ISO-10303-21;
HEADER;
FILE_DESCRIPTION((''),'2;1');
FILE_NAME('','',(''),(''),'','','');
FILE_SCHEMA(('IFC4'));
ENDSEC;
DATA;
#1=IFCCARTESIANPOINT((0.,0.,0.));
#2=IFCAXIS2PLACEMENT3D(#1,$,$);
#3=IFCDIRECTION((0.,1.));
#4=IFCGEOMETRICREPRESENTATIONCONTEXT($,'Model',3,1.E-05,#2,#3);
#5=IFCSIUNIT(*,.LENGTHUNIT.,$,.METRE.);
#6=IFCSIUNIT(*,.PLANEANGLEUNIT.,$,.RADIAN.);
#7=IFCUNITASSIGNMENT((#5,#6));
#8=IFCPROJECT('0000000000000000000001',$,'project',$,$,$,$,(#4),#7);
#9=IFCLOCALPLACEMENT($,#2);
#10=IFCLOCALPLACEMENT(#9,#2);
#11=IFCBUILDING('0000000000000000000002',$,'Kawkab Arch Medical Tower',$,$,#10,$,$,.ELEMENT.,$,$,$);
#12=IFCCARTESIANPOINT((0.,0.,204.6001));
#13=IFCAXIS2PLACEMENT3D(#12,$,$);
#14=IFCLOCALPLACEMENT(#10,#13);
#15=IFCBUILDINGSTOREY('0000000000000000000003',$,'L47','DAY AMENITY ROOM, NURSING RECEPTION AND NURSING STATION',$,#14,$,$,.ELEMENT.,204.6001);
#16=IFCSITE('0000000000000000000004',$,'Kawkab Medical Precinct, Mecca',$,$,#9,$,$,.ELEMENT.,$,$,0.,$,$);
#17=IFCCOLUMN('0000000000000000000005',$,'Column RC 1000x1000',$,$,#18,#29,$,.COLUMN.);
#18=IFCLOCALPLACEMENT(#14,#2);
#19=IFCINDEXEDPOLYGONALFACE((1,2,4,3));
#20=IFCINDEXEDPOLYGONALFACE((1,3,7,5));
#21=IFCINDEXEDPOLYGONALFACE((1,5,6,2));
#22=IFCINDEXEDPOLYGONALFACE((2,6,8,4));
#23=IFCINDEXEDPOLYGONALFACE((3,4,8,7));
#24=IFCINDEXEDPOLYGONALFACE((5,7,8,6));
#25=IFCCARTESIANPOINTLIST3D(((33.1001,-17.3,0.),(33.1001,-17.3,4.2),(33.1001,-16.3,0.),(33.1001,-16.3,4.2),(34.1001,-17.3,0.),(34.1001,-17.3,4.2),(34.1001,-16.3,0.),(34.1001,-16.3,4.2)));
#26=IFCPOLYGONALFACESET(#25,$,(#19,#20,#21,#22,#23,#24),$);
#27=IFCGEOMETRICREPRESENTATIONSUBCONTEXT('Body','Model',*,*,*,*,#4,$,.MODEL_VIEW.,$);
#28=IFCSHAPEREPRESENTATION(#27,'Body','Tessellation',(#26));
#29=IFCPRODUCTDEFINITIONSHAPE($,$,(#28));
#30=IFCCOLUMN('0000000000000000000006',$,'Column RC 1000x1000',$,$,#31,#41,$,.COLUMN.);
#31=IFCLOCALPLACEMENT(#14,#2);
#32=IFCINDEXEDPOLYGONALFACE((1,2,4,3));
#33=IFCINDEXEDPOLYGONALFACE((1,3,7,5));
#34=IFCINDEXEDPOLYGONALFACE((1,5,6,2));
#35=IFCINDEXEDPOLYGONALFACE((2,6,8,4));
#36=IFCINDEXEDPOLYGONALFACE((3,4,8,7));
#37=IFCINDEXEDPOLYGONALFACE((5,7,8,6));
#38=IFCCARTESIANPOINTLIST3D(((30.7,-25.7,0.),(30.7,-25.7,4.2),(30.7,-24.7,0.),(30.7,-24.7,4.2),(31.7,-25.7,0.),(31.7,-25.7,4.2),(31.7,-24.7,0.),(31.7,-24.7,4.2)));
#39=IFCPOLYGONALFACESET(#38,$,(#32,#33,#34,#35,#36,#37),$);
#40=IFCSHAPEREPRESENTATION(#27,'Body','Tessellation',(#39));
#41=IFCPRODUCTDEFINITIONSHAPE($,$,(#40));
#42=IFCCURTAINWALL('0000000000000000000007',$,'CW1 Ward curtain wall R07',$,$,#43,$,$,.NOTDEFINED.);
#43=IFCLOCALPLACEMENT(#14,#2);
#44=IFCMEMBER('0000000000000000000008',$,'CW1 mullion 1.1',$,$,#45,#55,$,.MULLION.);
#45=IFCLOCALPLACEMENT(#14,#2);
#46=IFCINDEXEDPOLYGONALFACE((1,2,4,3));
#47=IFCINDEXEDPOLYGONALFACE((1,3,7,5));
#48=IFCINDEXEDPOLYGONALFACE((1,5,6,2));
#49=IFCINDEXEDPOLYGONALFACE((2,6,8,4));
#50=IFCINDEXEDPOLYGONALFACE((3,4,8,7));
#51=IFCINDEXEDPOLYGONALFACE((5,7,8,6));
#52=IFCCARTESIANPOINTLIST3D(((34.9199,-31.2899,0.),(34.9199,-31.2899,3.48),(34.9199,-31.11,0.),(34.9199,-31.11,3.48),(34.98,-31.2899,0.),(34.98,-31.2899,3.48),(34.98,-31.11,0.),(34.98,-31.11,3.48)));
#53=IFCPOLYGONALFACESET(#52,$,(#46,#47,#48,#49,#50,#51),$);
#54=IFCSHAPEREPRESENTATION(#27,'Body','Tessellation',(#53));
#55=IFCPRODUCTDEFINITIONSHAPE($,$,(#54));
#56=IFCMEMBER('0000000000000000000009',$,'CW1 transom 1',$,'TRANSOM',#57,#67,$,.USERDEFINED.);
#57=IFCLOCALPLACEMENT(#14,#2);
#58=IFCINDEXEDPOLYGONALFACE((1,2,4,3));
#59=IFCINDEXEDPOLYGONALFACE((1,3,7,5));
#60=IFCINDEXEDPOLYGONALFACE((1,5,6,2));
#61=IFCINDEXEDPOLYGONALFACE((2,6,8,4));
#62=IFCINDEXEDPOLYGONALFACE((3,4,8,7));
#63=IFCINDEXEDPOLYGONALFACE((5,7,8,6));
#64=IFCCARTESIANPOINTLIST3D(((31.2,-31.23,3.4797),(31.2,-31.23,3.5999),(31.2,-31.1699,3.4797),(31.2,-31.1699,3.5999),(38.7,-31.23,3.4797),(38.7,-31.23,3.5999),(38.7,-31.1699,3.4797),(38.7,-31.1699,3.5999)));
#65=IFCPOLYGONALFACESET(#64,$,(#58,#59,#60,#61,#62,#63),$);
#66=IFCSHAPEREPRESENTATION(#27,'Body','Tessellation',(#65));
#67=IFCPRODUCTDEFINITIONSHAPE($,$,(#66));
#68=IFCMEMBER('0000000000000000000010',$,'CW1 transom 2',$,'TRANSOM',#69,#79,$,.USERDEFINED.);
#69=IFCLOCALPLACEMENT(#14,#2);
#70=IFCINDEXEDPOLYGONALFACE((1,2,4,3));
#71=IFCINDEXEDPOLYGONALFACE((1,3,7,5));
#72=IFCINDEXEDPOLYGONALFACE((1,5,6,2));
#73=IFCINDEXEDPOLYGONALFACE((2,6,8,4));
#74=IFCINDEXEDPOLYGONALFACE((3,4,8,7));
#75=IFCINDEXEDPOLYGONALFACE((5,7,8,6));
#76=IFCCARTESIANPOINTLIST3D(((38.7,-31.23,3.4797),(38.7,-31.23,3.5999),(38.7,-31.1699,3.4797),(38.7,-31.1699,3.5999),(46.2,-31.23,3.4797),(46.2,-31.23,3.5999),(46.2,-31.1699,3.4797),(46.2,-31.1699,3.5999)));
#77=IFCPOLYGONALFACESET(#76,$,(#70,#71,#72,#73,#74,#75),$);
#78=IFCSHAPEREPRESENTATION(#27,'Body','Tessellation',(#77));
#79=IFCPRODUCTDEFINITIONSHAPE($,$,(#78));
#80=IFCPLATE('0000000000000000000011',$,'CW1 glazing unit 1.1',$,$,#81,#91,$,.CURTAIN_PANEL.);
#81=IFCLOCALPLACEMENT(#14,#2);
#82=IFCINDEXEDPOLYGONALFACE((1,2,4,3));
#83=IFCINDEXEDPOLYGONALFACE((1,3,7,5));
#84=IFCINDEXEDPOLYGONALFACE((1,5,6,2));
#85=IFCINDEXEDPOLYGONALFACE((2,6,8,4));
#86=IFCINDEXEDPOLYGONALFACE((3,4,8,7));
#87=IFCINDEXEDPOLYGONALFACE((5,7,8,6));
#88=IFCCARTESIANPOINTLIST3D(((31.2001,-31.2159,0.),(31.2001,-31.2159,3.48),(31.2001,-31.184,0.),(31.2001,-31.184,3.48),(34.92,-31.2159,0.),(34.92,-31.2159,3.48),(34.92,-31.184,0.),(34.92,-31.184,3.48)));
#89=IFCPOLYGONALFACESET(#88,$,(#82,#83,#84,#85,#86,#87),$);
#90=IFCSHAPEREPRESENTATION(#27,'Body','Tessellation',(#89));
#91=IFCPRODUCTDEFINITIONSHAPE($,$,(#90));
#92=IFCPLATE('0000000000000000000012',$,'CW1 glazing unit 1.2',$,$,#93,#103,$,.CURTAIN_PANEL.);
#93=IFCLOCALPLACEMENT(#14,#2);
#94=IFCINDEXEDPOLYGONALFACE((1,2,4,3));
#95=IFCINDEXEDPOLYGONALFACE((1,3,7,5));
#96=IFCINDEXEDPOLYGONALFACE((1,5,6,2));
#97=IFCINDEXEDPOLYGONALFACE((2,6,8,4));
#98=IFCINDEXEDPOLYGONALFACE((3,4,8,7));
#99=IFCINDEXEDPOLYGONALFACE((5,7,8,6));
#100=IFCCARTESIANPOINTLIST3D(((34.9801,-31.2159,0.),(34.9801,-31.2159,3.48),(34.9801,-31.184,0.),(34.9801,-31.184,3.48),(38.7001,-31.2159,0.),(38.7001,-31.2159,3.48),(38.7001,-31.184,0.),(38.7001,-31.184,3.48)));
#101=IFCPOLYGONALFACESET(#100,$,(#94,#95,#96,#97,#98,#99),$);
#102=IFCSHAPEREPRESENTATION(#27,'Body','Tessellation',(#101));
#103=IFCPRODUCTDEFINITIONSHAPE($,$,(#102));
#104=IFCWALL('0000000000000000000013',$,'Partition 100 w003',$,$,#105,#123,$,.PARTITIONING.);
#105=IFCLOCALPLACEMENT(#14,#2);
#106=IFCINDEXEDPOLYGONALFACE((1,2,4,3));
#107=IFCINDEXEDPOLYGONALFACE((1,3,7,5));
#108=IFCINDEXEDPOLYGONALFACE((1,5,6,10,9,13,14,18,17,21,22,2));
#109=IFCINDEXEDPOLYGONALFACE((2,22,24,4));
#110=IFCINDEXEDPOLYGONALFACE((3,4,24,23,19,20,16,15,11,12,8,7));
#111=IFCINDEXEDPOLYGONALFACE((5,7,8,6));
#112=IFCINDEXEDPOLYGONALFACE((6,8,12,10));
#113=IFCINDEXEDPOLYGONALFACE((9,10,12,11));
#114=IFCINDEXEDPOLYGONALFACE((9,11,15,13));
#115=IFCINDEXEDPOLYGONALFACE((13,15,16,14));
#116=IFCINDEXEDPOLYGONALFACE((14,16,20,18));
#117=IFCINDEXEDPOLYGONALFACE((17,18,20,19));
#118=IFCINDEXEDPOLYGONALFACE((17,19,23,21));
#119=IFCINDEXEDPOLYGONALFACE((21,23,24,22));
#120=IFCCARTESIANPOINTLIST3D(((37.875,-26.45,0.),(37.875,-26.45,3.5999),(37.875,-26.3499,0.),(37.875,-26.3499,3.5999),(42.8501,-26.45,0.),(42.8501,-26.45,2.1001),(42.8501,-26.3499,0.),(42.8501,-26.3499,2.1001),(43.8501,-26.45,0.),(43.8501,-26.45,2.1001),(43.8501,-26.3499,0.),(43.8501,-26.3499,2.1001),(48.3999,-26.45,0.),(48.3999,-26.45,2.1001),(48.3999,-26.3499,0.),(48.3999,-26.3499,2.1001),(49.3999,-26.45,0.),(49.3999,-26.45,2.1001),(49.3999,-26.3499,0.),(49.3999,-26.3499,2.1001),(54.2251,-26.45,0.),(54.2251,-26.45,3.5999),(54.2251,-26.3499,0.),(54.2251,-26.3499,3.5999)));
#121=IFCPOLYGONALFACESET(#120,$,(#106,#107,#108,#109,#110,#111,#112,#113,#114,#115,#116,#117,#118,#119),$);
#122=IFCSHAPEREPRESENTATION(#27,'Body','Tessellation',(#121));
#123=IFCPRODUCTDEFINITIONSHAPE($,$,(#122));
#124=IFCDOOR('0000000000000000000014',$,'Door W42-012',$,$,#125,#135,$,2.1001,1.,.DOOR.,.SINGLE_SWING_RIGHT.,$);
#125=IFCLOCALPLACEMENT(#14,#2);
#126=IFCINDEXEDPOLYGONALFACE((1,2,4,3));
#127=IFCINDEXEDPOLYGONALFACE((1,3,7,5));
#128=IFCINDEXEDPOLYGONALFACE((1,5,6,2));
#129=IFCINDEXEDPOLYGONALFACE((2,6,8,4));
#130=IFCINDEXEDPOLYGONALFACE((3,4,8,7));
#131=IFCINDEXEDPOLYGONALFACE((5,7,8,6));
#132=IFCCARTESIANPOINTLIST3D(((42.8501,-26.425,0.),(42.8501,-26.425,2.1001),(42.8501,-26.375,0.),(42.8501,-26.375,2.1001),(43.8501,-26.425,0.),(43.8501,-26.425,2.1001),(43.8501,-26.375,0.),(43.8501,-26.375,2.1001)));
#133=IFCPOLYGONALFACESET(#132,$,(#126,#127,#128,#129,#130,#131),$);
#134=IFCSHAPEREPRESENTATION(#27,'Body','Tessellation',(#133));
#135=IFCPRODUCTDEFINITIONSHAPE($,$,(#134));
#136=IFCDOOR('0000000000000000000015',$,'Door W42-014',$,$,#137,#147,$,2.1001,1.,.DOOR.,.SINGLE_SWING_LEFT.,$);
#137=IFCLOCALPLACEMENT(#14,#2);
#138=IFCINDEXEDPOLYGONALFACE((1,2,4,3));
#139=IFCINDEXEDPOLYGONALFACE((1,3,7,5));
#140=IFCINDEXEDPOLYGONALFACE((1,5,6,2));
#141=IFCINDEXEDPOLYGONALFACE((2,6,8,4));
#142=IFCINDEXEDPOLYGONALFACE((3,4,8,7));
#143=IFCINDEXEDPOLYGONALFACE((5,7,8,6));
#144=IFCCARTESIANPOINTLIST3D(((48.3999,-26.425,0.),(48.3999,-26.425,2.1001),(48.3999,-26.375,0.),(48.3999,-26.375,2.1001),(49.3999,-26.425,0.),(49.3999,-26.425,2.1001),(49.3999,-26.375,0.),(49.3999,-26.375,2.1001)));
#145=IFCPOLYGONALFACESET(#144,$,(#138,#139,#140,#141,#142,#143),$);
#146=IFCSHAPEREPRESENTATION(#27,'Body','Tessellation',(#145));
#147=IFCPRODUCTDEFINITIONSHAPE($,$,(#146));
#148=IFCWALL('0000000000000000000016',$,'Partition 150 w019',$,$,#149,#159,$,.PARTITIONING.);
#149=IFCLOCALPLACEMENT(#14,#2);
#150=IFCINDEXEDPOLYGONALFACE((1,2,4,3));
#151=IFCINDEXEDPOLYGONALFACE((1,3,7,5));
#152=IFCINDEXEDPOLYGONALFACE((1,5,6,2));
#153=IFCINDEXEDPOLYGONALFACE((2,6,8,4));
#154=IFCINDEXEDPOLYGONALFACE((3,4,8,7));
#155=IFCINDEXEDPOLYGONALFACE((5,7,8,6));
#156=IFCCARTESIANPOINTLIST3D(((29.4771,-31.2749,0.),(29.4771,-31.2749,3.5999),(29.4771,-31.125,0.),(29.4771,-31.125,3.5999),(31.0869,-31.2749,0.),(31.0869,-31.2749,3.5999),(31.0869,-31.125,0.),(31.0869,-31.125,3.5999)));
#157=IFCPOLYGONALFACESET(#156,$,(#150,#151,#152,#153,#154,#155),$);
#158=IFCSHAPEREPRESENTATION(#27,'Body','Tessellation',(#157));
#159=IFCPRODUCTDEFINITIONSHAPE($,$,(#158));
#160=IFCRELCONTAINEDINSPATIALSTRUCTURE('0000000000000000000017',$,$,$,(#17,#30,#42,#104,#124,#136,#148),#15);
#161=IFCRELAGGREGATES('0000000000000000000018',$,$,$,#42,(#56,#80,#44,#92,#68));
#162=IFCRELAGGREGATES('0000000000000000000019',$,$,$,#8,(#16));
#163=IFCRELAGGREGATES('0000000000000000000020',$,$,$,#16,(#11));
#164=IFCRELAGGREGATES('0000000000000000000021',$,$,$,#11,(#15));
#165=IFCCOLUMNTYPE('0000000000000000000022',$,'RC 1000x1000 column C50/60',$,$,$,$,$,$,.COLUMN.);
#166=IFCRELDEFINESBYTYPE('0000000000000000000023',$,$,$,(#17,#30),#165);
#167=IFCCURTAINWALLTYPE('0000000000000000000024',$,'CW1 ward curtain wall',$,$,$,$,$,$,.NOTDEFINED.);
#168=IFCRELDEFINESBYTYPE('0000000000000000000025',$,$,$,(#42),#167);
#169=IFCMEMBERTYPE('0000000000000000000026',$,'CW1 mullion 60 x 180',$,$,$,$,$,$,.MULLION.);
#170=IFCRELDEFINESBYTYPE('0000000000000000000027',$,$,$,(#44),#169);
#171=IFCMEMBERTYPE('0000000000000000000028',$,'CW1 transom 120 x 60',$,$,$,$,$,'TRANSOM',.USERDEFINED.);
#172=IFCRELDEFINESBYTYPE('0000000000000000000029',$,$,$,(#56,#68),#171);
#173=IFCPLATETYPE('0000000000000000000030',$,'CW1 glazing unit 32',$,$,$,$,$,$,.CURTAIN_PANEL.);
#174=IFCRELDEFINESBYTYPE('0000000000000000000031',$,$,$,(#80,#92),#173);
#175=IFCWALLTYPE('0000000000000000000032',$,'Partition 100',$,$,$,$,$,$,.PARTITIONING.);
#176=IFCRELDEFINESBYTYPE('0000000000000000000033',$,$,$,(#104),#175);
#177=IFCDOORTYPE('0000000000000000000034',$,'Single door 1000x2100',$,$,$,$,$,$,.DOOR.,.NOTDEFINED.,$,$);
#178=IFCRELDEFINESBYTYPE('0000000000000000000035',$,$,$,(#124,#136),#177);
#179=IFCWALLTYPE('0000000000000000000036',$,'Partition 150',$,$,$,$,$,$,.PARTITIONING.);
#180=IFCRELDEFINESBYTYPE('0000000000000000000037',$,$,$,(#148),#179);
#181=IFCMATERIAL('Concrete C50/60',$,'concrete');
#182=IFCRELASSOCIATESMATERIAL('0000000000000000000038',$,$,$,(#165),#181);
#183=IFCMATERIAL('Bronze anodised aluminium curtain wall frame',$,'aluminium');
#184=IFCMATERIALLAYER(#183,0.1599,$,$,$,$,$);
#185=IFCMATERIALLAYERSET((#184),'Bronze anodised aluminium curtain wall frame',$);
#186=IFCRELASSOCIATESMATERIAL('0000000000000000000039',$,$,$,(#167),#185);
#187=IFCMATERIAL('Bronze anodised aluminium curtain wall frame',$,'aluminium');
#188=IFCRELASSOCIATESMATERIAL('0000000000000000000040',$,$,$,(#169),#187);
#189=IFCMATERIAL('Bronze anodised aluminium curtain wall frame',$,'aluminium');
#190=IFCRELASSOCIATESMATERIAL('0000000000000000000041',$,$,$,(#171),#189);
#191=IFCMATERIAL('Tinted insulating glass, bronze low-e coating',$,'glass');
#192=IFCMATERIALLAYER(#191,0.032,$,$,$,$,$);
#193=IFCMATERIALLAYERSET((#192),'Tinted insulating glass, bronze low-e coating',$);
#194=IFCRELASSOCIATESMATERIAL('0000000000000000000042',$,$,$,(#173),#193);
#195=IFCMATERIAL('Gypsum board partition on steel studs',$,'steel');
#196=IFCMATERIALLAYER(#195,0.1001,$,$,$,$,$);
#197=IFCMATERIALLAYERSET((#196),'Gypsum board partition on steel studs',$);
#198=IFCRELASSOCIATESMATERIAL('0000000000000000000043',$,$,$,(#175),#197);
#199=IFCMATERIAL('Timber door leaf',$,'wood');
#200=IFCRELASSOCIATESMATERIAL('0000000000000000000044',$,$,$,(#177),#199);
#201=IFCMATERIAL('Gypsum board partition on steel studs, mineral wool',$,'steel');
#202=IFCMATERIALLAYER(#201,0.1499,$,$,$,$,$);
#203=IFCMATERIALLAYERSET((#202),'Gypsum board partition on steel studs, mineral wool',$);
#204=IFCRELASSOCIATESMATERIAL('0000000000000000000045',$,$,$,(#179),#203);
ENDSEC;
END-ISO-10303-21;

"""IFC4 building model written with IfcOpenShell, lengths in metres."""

from ifc_helpers import new_model, si_unit, direction, frame, frame_2d, origin, origin_2d, place, context, subcontext, project, spatial, rectangle, extrude, material, layer, layer_set, material_profile, profile_set, type_object, element, fill, aggregate, save


model = new_model("IFC4")

# Units and contexts
model_context = context("Model", 3, precision=1e-05, world=origin(), true_north=direction((0.0, 1.0)))
body_context = subcontext(model_context, "Body", "Model", "MODEL_VIEW")
ifc_project = project(units=[si_unit("LENGTHUNIT", "METRE"), si_unit("PLANEANGLEUNIT", "RADIAN")], contexts=[model_context])

# Site, building, storey
site_placement = place(None, origin())
site = spatial("IfcSite", under=ifc_project, at=site_placement, Name="Kawkab Medical Precinct, Mecca", CompositionType="ELEMENT", RefElevation=0.0)
building_placement = place(site_placement, origin())
building = spatial("IfcBuilding", under=site, at=building_placement, Name="Kawkab Arch Medical Tower", CompositionType="ELEMENT")
storey_placement = place(building_placement, frame((0.0, 0.0, 204.6001)))
storey = spatial("IfcBuildingStorey", under=building, at=storey_placement, Name="L47", Description="DAY AMENITY ROOM, NURSING RECEPTION AND NURSING STATION", CompositionType="ELEMENT", Elevation=204.6001)

# Columns
ifc_material_1 = material(Name="Concrete C50/60", Category="concrete")
ifc_material_profile_1 = material_profile(ifc_material_1, rectangle(XDim=1.0, YDim=1.0, at=origin_2d()), Name="RC 1000x1000")
ifc_profile_set_1 = profile_set([ifc_material_profile_1], Name="Concrete C50/60")
column_type = type_object("IfcColumnType", Name="RC 1000x1000 column C50/60", PredefinedType="COLUMN", material=ifc_profile_set_1)
for number, where, z_axis, x_axis, name in (
    (1, (33.6001, -16.8, 0.0), (0.0, 0.0, 1.0), (1.0, 0.0, 0.0), "Column RC 1000x1000"),
    (2, (31.2, -25.2, 0.0), (0.0, 0.0, 1.0), (1.0, 0.0, 0.0), "Column RC 1000x1000"),
):
    element("IfcColumn", number, at=place(storey_placement, frame(where, z_axis=z_axis, x_axis=x_axis)), inside=storey, type_object=column_type, Name=name, PredefinedType="COLUMN", context=body_context, shape_type="SweptSolid", body=[
        extrude(rectangle(XDim=1.0, YDim=1.0, at=origin_2d()), origin(), (0.0, 0.0, 1.0), 4.2),
    ])

# Curtain wall, members, plates
ifc_material_2 = material(Name="Bronze anodised aluminium curtain wall frame", Category="aluminium")
ifc_layer_1 = layer(ifc_material_2, 0.1599)
ifc_layer_set_1 = layer_set([ifc_layer_1], Name="Bronze anodised aluminium curtain wall frame")
curtain_wall_type = type_object("IfcCurtainWallType", Name="CW1 ward curtain wall", PredefinedType="NOTDEFINED", material=ifc_layer_set_1)
curtain_wall_placement = place(storey_placement, origin())
curtain_wall = element("IfcCurtainWall", 3, at=curtain_wall_placement, inside=storey, type_object=curtain_wall_type, Name="CW1 Ward curtain wall R07", PredefinedType="NOTDEFINED")
ifc_material_3 = material(Name="Bronze anodised aluminium curtain wall frame", Category="aluminium")
ifc_material_profile_2 = material_profile(ifc_material_3, rectangle(XDim=0.1799, YDim=0.0601, at=origin_2d()), Name="AL 60x180")
ifc_profile_set_2 = profile_set([ifc_material_profile_2], Name="Bronze anodised aluminium curtain wall frame")
member_type_1 = type_object("IfcMemberType", Name="CW1 mullion 60 x 180", PredefinedType="MULLION", material=ifc_profile_set_2)
member_1_placement = place(storey_placement, frame((34.95, -31.2, 0.0), z_axis=(0.0, 0.0, 1.0), x_axis=(0.0, 1.0, 0.0)))
member_1 = element("IfcMember", 4, at=member_1_placement, type_object=member_type_1, Name="CW1 mullion 1.1", PredefinedType="MULLION", context=body_context, shape_type="SweptSolid", body=[
    extrude(rectangle(XDim=0.1799, YDim=0.0601, at=origin_2d()), origin(), (0.0, 0.0, 1.0), 3.48),
])
ifc_material_4 = material(Name="Bronze anodised aluminium curtain wall frame", Category="aluminium")
ifc_material_profile_3 = material_profile(ifc_material_4, rectangle(XDim=0.0601, YDim=0.1201, at=origin_2d()), Name="AL 60x120")
ifc_profile_set_3 = profile_set([ifc_material_profile_3], Name="Bronze anodised aluminium curtain wall frame")
member_type_2 = type_object("IfcMemberType", Name="CW1 transom 120 x 60", ElementType="TRANSOM", PredefinedType="USERDEFINED", material=ifc_profile_set_3)
member_2_placement = place(storey_placement, frame((31.2, -31.2, 3.5398), z_axis=(1.0, 0.0, 0.0), x_axis=(0.0, 1.0, 0.0)))
member_2 = element("IfcMember", 5, at=member_2_placement, type_object=member_type_2, Name="CW1 transom 1", ObjectType="TRANSOM", PredefinedType="USERDEFINED", context=body_context, shape_type="SweptSolid", body=[
    extrude(rectangle(XDim=0.0601, YDim=0.1201, at=origin_2d()), origin(), (0.0, 0.0, 1.0), 7.5),
])
member_3_placement = place(storey_placement, frame((38.7, -31.2, 3.5398), z_axis=(1.0, 0.0, 0.0), x_axis=(0.0, 1.0, 0.0)))
member_3 = element("IfcMember", 6, at=member_3_placement, type_object=member_type_2, Name="CW1 transom 2", ObjectType="TRANSOM", PredefinedType="USERDEFINED", context=body_context, shape_type="SweptSolid", body=[
    extrude(rectangle(XDim=0.0601, YDim=0.1201, at=origin_2d()), origin(), (0.0, 0.0, 1.0), 7.5),
])
ifc_material_5 = material(Name="Tinted insulating glass, bronze low-e coating", Category="glass")
ifc_layer_2 = layer(ifc_material_5, 0.032)
ifc_layer_set_2 = layer_set([ifc_layer_2], Name="Tinted insulating glass, bronze low-e coating")
plate_type = type_object("IfcPlateType", Name="CW1 glazing unit 32", PredefinedType="CURTAIN_PANEL", material=ifc_layer_set_2)
plate_1_placement = place(storey_placement, frame((33.0601, -31.2, 0.0), z_axis=(0.0, 0.0, 1.0), x_axis=(1.0, 0.0, 0.0)))
plate_1 = element("IfcPlate", 7, at=plate_1_placement, type_object=plate_type, Name="CW1 glazing unit 1.1", PredefinedType="CURTAIN_PANEL", context=body_context, shape_type="SweptSolid", body=[
    extrude(rectangle(XDim=3.72, YDim=0.032, at=origin_2d()), origin(), (0.0, 0.0, 1.0), 3.48),
])
plate_2_placement = place(storey_placement, frame((36.8401, -31.2, 0.0), z_axis=(0.0, 0.0, 1.0), x_axis=(1.0, 0.0, 0.0)))
plate_2 = element("IfcPlate", 8, at=plate_2_placement, type_object=plate_type, Name="CW1 glazing unit 1.2", PredefinedType="CURTAIN_PANEL", context=body_context, shape_type="SweptSolid", body=[
    extrude(rectangle(XDim=3.72, YDim=0.032, at=origin_2d()), origin(), (0.0, 0.0, 1.0), 3.48),
])
aggregate(curtain_wall, [member_2, plate_1, member_1, plate_2, member_3])

# Wall, openings, doors
ifc_material_6 = material(Name="Gypsum board partition on steel studs", Category="steel")
ifc_layer_3 = layer(ifc_material_6, 0.1001)
ifc_layer_set_3 = layer_set([ifc_layer_3], Name="Gypsum board partition on steel studs")
wall_type_1 = type_object("IfcWallType", Name="Partition 100", PredefinedType="PARTITIONING", material=ifc_layer_set_3)
wall_1_placement = place(storey_placement, frame((37.875, -26.3999, 0.0), z_axis=(0.0, 0.0, 1.0), x_axis=(1.0, 0.0, 0.0)))
wall_1 = element("IfcWall", 9, at=wall_1_placement, inside=storey, type_object=wall_type_1, Name="Partition 100 w003", PredefinedType="PARTITIONING", context=body_context, shape_type="SweptSolid", body=[
    extrude(rectangle(XDim=16.3501, YDim=0.1001, at=frame_2d((8.175, 0.0))), origin(), (0.0, 0.0, 1.0), 3.5999),
])
opening_1_placement = place(wall_1_placement, frame((4.9751, 0.0, 0.0)))
opening_1 = element("IfcOpeningElement", 10, at=opening_1_placement, cuts=wall_1, PredefinedType="OPENING", context=body_context, shape_type="SweptSolid", body=[
    extrude(rectangle(XDim=1.0, YDim=2.1001, at=frame_2d((0.5, 1.05))), frame((0.0, 0.0601, 0.0), z_axis=(0.0, -1.0, 0.0), x_axis=(1.0, 0.0, 0.0)), (0.0, 0.0, 1.0), 0.1201),
])
opening_2_placement = place(wall_1_placement, frame((10.5249, 0.0, 0.0)))
opening_2 = element("IfcOpeningElement", 11, at=opening_2_placement, cuts=wall_1, PredefinedType="OPENING", context=body_context, shape_type="SweptSolid", body=[
    extrude(rectangle(XDim=1.0, YDim=2.1001, at=frame_2d((0.5, 1.05))), frame((0.0, 0.0601, 0.0), z_axis=(0.0, -1.0, 0.0), x_axis=(1.0, 0.0, 0.0)), (0.0, 0.0, 1.0), 0.1201),
])
ifc_material_7 = material(Name="Timber door leaf", Category="wood")
door_type_1 = type_object("IfcDoorType", Name="Single door 1000x2100", OperationType="NOTDEFINED", PredefinedType="DOOR", material=ifc_material_7)
door_1_placement = place(opening_1_placement, origin())
door_1 = element("IfcDoor", 12, at=door_1_placement, inside=storey, type_object=door_type_1, Name="Door W42-012", OperationType="SINGLE_SWING_RIGHT", OverallHeight=2.1001, OverallWidth=1.0, PredefinedType="DOOR", context=body_context, shape_type="SweptSolid", body=[
    extrude(rectangle(XDim=1.0, YDim=2.1001, at=frame_2d((0.5, 1.05))), frame((0.0, 0.0249, 0.0), z_axis=(0.0, -1.0, 0.0), x_axis=(1.0, 0.0, 0.0)), (0.0, 0.0, 1.0), 0.05),
])
fill(opening_1, door_1)
door_2_placement = place(opening_2_placement, origin())
door_2 = element("IfcDoor", 13, at=door_2_placement, inside=storey, type_object=door_type_1, Name="Door W42-014", OperationType="SINGLE_SWING_LEFT", OverallHeight=2.1001, OverallWidth=1.0, PredefinedType="DOOR", context=body_context, shape_type="SweptSolid", body=[
    extrude(rectangle(XDim=1.0, YDim=2.1001, at=frame_2d((0.5, 1.05))), frame((0.0, 0.0249, 0.0), z_axis=(0.0, -1.0, 0.0), x_axis=(1.0, 0.0, 0.0)), (0.0, 0.0, 1.0), 0.05),
])
fill(opening_2, door_2)

# Wall
ifc_material_8 = material(Name="Gypsum board partition on steel studs, mineral wool", Category="steel")
ifc_layer_4 = layer(ifc_material_8, 0.1499)
ifc_layer_set_4 = layer_set([ifc_layer_4], Name="Gypsum board partition on steel studs, mineral wool")
wall_type_2 = type_object("IfcWallType", Name="Partition 150", PredefinedType="PARTITIONING", material=ifc_layer_set_4)
wall_2_placement = place(storey_placement, frame((29.4771, -31.2, 0.0), z_axis=(0.0, 0.0, 1.0), x_axis=(1.0, 0.0, 0.0)))
element("IfcWall", 14, at=wall_2_placement, inside=storey, type_object=wall_type_2, Name="Partition 150 w019", PredefinedType="PARTITIONING", context=body_context, shape_type="SweptSolid", body=[
    extrude(rectangle(XDim=1.6099, YDim=0.1499, at=frame_2d((0.8049, 0.0))), origin(), (0.0, 0.0, 1.0), 3.5999),
])

save(model, "model.ifc")
